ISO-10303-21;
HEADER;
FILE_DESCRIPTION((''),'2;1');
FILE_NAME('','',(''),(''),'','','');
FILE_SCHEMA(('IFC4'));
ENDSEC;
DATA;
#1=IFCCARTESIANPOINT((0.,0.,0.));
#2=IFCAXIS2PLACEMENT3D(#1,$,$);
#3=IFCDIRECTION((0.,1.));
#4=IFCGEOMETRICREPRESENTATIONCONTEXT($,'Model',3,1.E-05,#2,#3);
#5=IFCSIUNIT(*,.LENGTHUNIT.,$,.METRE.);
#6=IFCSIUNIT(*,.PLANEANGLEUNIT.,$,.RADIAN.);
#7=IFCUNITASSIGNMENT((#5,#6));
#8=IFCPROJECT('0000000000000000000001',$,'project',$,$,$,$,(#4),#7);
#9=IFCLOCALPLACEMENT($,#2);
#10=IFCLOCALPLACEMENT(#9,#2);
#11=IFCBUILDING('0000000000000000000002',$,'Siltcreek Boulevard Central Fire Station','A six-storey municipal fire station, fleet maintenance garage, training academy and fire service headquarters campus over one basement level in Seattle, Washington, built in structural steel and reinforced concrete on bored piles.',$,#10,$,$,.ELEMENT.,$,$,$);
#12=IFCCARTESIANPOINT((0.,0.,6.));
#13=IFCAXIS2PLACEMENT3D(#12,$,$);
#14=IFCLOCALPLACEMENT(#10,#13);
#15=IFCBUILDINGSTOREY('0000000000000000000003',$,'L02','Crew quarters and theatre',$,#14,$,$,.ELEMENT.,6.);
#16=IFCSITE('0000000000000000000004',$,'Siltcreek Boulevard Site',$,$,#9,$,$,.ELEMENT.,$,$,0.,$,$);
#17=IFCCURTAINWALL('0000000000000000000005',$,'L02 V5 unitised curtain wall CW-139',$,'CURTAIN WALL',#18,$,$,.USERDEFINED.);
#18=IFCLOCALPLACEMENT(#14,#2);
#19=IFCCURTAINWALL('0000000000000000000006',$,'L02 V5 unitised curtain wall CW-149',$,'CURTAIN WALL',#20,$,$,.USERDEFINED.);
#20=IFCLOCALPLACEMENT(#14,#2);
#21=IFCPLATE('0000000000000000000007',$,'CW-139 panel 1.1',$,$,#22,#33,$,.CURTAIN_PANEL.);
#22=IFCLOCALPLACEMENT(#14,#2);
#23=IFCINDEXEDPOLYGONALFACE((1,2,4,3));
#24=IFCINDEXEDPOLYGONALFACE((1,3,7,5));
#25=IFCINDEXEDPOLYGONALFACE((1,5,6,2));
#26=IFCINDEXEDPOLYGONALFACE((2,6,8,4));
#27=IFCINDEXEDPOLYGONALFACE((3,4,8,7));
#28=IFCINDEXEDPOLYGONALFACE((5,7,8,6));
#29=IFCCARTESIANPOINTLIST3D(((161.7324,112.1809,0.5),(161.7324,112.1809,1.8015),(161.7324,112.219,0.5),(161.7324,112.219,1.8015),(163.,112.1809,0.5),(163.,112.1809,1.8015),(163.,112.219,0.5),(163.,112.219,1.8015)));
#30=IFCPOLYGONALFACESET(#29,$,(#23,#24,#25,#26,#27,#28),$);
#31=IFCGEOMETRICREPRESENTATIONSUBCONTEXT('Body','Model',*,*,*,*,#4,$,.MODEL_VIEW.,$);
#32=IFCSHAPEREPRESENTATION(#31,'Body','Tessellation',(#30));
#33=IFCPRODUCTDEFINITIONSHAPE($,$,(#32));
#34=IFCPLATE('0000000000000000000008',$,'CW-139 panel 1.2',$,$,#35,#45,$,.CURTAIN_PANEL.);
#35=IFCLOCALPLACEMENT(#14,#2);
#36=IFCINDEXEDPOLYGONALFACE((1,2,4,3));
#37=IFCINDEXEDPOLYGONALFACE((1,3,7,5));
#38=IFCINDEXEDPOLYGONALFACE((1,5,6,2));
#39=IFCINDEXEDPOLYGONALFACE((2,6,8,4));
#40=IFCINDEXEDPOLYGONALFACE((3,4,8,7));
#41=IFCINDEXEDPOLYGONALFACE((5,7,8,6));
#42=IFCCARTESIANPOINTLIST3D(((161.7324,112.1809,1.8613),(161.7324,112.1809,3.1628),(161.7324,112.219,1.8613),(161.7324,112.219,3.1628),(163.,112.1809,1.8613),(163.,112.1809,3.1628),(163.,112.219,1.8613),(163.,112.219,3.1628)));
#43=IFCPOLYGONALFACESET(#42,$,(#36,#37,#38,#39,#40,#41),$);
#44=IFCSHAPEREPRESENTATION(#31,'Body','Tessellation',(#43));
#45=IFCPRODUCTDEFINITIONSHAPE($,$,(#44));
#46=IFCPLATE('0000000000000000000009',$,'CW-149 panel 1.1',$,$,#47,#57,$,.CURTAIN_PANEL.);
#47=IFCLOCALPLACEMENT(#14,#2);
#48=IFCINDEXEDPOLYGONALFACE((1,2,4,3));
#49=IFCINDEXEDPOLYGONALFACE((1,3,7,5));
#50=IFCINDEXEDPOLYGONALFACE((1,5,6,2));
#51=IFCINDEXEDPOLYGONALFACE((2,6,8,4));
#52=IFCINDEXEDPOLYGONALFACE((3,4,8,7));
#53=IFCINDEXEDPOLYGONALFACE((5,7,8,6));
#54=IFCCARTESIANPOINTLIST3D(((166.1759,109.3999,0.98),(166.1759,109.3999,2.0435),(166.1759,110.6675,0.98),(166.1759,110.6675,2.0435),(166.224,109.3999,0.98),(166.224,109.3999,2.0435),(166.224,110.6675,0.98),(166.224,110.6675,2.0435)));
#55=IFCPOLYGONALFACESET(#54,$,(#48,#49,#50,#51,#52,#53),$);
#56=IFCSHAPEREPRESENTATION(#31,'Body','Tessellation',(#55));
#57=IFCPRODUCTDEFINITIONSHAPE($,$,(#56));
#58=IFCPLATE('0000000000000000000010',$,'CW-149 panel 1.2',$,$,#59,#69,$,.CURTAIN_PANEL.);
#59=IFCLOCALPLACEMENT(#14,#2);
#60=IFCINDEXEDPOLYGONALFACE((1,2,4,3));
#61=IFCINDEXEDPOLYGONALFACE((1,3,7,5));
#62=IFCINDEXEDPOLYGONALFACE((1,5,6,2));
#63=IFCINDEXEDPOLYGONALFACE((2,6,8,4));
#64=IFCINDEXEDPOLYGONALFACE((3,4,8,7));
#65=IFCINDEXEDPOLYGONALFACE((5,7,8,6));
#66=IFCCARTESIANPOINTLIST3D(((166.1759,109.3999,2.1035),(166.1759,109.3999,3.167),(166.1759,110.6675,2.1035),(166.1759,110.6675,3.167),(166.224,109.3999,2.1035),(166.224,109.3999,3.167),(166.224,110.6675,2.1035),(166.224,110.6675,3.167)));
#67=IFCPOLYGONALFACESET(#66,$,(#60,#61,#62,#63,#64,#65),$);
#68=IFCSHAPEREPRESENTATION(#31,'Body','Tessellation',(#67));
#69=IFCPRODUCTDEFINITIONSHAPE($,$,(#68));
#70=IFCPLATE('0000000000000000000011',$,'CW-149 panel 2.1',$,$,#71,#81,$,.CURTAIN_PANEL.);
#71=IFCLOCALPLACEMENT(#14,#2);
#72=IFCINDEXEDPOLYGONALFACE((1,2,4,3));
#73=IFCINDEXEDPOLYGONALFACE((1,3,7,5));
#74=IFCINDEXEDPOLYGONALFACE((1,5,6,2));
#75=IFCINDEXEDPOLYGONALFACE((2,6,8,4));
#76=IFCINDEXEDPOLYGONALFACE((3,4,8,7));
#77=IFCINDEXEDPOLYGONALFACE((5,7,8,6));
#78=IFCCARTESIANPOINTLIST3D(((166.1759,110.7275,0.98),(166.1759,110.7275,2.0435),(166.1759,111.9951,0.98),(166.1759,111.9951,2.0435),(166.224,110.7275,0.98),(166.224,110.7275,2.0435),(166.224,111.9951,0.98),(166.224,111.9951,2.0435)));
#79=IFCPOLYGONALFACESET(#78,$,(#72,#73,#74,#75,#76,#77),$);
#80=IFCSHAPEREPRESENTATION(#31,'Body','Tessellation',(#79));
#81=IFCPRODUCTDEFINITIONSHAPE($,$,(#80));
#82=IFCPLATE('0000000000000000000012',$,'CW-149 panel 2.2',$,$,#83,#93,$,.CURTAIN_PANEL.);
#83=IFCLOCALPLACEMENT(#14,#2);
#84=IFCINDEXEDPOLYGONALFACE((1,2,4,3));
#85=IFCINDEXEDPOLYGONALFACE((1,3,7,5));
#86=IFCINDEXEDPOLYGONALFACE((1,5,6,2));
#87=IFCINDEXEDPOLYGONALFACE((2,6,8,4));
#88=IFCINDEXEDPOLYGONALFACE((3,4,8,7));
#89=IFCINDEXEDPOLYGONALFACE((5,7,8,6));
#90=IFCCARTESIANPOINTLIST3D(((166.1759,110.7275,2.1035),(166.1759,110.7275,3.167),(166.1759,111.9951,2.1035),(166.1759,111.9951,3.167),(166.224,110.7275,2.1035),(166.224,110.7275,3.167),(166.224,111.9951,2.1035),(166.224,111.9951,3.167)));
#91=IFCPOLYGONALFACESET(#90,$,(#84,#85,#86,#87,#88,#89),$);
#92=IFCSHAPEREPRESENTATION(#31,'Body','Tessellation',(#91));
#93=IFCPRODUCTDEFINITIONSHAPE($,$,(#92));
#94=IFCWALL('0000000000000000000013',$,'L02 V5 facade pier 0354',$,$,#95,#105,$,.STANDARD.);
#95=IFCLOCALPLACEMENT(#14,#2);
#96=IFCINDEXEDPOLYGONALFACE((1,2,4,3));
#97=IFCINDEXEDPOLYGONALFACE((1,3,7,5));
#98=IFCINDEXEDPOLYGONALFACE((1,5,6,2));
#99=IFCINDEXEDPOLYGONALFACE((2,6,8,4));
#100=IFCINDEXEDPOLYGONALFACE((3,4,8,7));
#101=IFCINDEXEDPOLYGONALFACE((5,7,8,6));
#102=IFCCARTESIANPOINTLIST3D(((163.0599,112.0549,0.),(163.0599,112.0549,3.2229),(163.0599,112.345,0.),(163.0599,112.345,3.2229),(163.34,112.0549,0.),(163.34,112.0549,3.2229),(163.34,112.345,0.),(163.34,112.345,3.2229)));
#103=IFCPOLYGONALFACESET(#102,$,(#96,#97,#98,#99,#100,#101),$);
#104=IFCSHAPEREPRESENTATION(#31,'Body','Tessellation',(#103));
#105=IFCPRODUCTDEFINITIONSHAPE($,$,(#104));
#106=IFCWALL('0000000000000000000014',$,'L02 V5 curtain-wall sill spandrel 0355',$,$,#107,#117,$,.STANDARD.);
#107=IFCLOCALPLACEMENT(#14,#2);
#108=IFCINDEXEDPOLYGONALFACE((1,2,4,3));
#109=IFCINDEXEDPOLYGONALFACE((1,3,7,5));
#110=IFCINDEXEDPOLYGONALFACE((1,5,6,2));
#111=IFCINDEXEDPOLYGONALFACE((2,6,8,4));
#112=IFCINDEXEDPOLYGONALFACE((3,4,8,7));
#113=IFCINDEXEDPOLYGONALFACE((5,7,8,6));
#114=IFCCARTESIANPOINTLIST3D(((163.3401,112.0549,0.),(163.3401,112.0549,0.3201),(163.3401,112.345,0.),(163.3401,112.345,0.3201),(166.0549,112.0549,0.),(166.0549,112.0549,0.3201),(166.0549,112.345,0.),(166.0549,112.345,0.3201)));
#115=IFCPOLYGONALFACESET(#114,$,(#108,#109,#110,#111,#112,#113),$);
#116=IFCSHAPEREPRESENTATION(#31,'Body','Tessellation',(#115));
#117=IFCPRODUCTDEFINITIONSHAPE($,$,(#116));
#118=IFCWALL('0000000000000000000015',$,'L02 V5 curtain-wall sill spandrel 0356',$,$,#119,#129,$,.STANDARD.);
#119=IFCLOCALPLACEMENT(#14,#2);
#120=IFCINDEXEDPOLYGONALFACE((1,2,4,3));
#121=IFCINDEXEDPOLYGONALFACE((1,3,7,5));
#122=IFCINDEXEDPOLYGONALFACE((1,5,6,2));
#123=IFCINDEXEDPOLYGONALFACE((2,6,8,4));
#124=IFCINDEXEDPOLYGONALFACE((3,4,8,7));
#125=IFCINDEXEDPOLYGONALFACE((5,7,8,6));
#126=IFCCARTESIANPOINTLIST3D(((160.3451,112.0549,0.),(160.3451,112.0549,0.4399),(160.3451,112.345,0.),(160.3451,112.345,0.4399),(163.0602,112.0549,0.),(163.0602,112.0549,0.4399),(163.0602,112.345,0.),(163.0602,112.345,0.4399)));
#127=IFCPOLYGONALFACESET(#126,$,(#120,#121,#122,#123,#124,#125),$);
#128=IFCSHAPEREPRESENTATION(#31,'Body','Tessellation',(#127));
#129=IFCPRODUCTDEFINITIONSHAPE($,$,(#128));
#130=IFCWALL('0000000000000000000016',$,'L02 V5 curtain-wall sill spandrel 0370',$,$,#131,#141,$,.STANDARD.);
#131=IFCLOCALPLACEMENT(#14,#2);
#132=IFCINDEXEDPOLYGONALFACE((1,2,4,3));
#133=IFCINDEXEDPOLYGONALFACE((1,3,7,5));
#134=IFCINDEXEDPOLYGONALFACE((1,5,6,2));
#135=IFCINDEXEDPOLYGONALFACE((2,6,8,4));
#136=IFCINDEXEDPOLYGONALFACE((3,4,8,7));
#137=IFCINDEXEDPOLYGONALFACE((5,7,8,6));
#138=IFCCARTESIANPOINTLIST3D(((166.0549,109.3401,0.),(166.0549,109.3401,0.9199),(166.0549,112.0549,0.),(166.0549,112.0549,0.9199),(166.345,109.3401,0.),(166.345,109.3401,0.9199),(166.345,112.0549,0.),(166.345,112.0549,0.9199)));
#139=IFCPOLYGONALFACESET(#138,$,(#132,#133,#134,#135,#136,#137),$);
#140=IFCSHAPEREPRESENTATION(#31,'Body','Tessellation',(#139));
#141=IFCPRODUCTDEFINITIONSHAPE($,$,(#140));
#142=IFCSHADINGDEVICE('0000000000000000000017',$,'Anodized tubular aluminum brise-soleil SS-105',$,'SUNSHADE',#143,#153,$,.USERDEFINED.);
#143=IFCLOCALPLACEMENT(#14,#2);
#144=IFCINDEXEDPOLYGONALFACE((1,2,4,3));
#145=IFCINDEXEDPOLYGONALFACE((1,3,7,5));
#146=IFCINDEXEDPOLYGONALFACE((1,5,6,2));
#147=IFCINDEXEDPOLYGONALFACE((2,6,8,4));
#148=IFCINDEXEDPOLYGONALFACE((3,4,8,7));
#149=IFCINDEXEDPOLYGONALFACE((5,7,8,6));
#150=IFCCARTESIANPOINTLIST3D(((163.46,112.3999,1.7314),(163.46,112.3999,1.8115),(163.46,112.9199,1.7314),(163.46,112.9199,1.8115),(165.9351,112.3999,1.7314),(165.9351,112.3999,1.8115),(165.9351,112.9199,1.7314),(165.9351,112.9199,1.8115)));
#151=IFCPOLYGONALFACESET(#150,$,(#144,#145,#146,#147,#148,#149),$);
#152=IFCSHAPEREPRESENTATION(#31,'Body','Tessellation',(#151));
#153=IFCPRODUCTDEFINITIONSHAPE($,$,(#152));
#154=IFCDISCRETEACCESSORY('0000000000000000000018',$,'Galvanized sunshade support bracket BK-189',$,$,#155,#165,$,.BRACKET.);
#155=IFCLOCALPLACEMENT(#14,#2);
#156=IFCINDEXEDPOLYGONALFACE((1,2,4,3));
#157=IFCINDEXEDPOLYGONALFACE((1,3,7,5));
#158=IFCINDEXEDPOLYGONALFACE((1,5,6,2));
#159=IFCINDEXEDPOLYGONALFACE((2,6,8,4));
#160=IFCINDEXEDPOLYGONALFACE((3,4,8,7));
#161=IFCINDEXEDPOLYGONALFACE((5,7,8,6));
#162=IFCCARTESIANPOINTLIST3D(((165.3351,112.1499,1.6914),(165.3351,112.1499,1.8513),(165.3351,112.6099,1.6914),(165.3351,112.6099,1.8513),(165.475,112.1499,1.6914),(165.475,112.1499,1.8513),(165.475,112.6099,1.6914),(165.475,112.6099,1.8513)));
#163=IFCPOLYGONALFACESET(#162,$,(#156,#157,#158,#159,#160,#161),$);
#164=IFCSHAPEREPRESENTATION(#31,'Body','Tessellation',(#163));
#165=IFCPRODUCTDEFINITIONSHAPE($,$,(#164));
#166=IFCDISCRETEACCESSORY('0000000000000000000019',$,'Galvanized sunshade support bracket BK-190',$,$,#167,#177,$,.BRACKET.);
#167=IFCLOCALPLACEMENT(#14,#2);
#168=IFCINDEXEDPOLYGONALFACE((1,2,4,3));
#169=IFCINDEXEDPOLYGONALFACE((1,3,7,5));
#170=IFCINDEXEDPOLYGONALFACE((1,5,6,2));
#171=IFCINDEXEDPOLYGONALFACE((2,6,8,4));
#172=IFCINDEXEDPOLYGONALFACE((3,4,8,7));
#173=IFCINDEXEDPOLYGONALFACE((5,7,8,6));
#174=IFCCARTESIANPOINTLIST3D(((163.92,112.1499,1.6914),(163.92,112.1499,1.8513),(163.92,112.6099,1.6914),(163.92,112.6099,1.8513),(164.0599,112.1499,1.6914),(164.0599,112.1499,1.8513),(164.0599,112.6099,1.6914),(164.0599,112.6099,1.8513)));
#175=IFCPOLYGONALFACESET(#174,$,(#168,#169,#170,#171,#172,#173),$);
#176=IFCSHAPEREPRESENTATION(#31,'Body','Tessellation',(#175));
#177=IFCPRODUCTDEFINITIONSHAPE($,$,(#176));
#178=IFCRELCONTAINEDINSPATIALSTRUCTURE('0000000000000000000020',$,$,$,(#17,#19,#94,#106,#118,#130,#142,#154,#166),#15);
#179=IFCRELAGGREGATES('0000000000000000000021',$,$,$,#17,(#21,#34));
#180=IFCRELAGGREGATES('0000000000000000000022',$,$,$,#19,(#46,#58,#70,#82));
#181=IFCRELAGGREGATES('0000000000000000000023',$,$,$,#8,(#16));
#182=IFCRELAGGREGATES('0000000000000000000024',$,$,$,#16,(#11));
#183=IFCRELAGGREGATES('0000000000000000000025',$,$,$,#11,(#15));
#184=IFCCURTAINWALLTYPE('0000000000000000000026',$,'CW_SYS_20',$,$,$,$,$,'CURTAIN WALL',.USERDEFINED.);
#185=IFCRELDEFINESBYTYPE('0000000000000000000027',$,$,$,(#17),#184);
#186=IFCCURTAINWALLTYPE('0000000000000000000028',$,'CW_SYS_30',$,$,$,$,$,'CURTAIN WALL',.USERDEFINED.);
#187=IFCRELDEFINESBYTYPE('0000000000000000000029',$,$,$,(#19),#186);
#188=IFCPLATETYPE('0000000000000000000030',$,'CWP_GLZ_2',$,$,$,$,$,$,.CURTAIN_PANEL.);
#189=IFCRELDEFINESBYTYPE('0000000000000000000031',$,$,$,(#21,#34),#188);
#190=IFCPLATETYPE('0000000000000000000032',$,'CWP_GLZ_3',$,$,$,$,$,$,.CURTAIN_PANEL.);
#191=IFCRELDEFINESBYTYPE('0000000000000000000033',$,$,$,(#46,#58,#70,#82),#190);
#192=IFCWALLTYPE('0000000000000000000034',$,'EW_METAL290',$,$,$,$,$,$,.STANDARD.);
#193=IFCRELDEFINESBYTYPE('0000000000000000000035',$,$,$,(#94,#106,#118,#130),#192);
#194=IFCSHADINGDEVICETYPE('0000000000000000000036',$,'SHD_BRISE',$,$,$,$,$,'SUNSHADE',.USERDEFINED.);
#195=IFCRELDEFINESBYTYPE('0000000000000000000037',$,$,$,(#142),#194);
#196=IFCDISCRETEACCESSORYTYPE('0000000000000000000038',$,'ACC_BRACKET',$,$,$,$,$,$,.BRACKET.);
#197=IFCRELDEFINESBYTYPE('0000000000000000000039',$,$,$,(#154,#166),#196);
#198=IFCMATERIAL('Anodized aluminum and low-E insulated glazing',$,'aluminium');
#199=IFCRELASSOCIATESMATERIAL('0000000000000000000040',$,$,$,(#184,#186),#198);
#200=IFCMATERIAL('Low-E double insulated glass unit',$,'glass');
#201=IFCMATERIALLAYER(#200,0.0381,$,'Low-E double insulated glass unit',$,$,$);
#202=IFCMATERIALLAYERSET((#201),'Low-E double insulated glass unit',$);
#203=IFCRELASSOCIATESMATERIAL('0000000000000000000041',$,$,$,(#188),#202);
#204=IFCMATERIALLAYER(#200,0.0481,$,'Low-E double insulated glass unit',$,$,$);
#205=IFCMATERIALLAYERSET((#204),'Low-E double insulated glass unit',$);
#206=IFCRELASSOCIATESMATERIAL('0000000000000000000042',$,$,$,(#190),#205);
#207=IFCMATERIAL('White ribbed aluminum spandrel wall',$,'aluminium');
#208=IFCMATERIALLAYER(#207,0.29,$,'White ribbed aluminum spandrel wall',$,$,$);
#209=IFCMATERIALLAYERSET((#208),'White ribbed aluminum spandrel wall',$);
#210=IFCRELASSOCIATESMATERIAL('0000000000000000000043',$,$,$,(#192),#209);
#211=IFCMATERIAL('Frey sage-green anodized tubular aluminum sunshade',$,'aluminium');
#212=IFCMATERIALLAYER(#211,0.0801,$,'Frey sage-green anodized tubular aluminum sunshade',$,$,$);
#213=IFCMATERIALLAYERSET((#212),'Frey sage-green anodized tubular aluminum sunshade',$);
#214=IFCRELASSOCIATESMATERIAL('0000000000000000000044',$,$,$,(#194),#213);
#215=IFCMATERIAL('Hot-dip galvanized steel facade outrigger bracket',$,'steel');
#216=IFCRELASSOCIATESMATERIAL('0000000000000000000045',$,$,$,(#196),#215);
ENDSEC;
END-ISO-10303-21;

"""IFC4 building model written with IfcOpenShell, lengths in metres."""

from ifc_helpers import new_model, si_unit, direction, frame, frame_2d, origin, origin_2d, place, context, subcontext, project, spatial, rectangle, extrude, material, layer, layer_set, type_object, element, aggregate, save


model = new_model("IFC4")

# Units and contexts
model_context = context("Model", 3, precision=1e-05, world=origin(), true_north=direction((0.0, 1.0)))
body_context = subcontext(model_context, "Body", "Model", "MODEL_VIEW")
ifc_project = project(units=[si_unit("LENGTHUNIT", "METRE"), si_unit("PLANEANGLEUNIT", "RADIAN")], contexts=[model_context])

# Site, building, storey
site_placement = place(None, origin())
site = spatial("IfcSite", under=ifc_project, at=site_placement, Name="Siltcreek Boulevard Site", CompositionType="ELEMENT", RefElevation=0.0)
building_placement = place(site_placement, origin())
building = spatial("IfcBuilding", under=site, at=building_placement, Name="Siltcreek Boulevard Central Fire Station", Description="A six-storey municipal fire station, fleet maintenance garage, training academy and fire service headquarters campus over one basement level in Seattle, Washington, built in structural steel and reinforced concrete on bored piles.", CompositionType="ELEMENT")
storey_placement = place(building_placement, frame((0.0, 0.0, 6.0)))
storey = spatial("IfcBuildingStorey", under=building, at=storey_placement, Name="L02", Description="Crew quarters and theatre", CompositionType="ELEMENT", Elevation=6.0)

# Curtain wall
ifc_material_1 = material(Name="Anodized aluminum and low-E insulated glazing", Category="aluminium")
curtain_wall_type_1 = type_object("IfcCurtainWallType", Name="CW_SYS_20", ElementType="CURTAIN WALL", PredefinedType="USERDEFINED", material=ifc_material_1)
curtain_wall_1_placement = place(storey_placement, origin())
curtain_wall_1 = element("IfcCurtainWall", 1, at=curtain_wall_1_placement, inside=storey, type_object=curtain_wall_type_1, Name="L02 V5 unitised curtain wall CW-139", ObjectType="CURTAIN WALL", PredefinedType="USERDEFINED")

# Curtain wall
curtain_wall_type_2 = type_object("IfcCurtainWallType", Name="CW_SYS_30", ElementType="CURTAIN WALL", PredefinedType="USERDEFINED", material=ifc_material_1)
curtain_wall_2_placement = place(storey_placement, origin())
curtain_wall_2 = element("IfcCurtainWall", 2, at=curtain_wall_2_placement, inside=storey, type_object=curtain_wall_type_2, Name="L02 V5 unitised curtain wall CW-149", ObjectType="CURTAIN WALL", PredefinedType="USERDEFINED")

# Plates
ifc_material_2 = material(Name="Low-E double insulated glass unit", Category="glass")
ifc_layer_1 = layer(ifc_material_2, 0.0381, Name="Low-E double insulated glass unit")
ifc_layer_set_1 = layer_set([ifc_layer_1], Name="Low-E double insulated glass unit")
plate_type_1 = type_object("IfcPlateType", Name="CWP_GLZ_2", PredefinedType="CURTAIN_PANEL", material=ifc_layer_set_1)
plate_1_placement = place(storey_placement, frame((162.3662, 112.2, 0.5), z_axis=(0.0, 0.0, 1.0), x_axis=(-1.0, 0.0, 0.0)))
plate_1 = element("IfcPlate", 3, at=plate_1_placement, type_object=plate_type_1, Name="CW-139 panel 1.1", PredefinedType="CURTAIN_PANEL", context=body_context, shape_type="SweptSolid", body=[
    extrude(rectangle(XDim=1.2676, YDim=0.0381, at=origin_2d()), origin(), (0.0, 0.0, 1.0), 1.3015),
])
plate_2_placement = place(storey_placement, frame((162.3662, 112.2, 1.8613), z_axis=(0.0, 0.0, 1.0), x_axis=(-1.0, 0.0, 0.0)))
plate_2 = element("IfcPlate", 4, at=plate_2_placement, type_object=plate_type_1, Name="CW-139 panel 1.2", PredefinedType="CURTAIN_PANEL", context=body_context, shape_type="SweptSolid", body=[
    extrude(rectangle(XDim=1.2676, YDim=0.0381, at=origin_2d()), origin(), (0.0, 0.0, 1.0), 1.3015),
])
aggregate(curtain_wall_1, [plate_1, plate_2])
ifc_layer_2 = layer(ifc_material_2, 0.0481, Name="Low-E double insulated glass unit")
ifc_layer_set_2 = layer_set([ifc_layer_2], Name="Low-E double insulated glass unit")
plate_type_2 = type_object("IfcPlateType", Name="CWP_GLZ_3", PredefinedType="CURTAIN_PANEL", material=ifc_layer_set_2)
plate_3_placement = place(storey_placement, frame((166.2, 110.0337, 0.98), z_axis=(0.0, 0.0, 1.0), x_axis=(0.0, 1.0, 0.0)))
plate_3 = element("IfcPlate", 5, at=plate_3_placement, type_object=plate_type_2, Name="CW-149 panel 1.1", PredefinedType="CURTAIN_PANEL", context=body_context, shape_type="SweptSolid", body=[
    extrude(rectangle(XDim=1.2676, YDim=0.0481, at=origin_2d()), origin(), (0.0, 0.0, 1.0), 1.0635),
])
plate_4_placement = place(storey_placement, frame((166.2, 110.0337, 2.1035), z_axis=(0.0, 0.0, 1.0), x_axis=(0.0, 1.0, 0.0)))
plate_4 = element("IfcPlate", 6, at=plate_4_placement, type_object=plate_type_2, Name="CW-149 panel 1.2", PredefinedType="CURTAIN_PANEL", context=body_context, shape_type="SweptSolid", body=[
    extrude(rectangle(XDim=1.2676, YDim=0.0481, at=origin_2d()), origin(), (0.0, 0.0, 1.0), 1.0635),
])
plate_5_placement = place(storey_placement, frame((166.2, 111.3613, 0.98), z_axis=(0.0, 0.0, 1.0), x_axis=(0.0, 1.0, 0.0)))
plate_5 = element("IfcPlate", 7, at=plate_5_placement, type_object=plate_type_2, Name="CW-149 panel 2.1", PredefinedType="CURTAIN_PANEL", context=body_context, shape_type="SweptSolid", body=[
    extrude(rectangle(XDim=1.2676, YDim=0.0481, at=origin_2d()), origin(), (0.0, 0.0, 1.0), 1.0635),
])
plate_6_placement = place(storey_placement, frame((166.2, 111.3613, 2.1035), z_axis=(0.0, 0.0, 1.0), x_axis=(0.0, 1.0, 0.0)))
plate_6 = element("IfcPlate", 8, at=plate_6_placement, type_object=plate_type_2, Name="CW-149 panel 2.2", PredefinedType="CURTAIN_PANEL", context=body_context, shape_type="SweptSolid", body=[
    extrude(rectangle(XDim=1.2676, YDim=0.0481, at=origin_2d()), origin(), (0.0, 0.0, 1.0), 1.0635),
])
aggregate(curtain_wall_2, [plate_3, plate_4, plate_5, plate_6])

# Walls
ifc_material_3 = material(Name="White ribbed aluminum spandrel wall", Category="aluminium")
ifc_layer_3 = layer(ifc_material_3, 0.29, Name="White ribbed aluminum spandrel wall")
ifc_layer_set_3 = layer_set([ifc_layer_3], Name="White ribbed aluminum spandrel wall")
wall_type = type_object("IfcWallType", Name="EW_METAL290", PredefinedType="STANDARD", material=ifc_layer_set_3)
wall_1_placement = place(storey_placement, frame((163.3401, 112.2, 0.0), z_axis=(0.0, 0.0, 1.0), x_axis=(-1.0, 0.0, 0.0)))
element("IfcWall", 9, at=wall_1_placement, inside=storey, type_object=wall_type, Name="L02 V5 facade pier 0354", PredefinedType="STANDARD", context=body_context, shape_type="SweptSolid", body=[
    extrude(rectangle(XDim=0.28, YDim=0.29, at=frame_2d((0.1401, 0.0))), origin(), (0.0, 0.0, 1.0), 3.2229),
])
wall_2_placement = place(storey_placement, frame((166.0549, 112.2, 0.0), z_axis=(0.0, 0.0, 1.0), x_axis=(-1.0, 0.0, 0.0)))
element("IfcWall", 10, at=wall_2_placement, inside=storey, type_object=wall_type, Name="L02 V5 curtain-wall sill spandrel 0355", PredefinedType="STANDARD", context=body_context, shape_type="SweptSolid", body=[
    extrude(rectangle(XDim=2.7148, YDim=0.29, at=frame_2d((1.3574, 0.0))), origin(), (0.0, 0.0, 1.0), 0.3201),
])
wall_3_placement = place(storey_placement, frame((163.0601, 112.2, 0.0), z_axis=(0.0, 0.0, 1.0), x_axis=(-1.0, 0.0, 0.0)))
element("IfcWall", 11, at=wall_3_placement, inside=storey, type_object=wall_type, Name="L02 V5 curtain-wall sill spandrel 0356", PredefinedType="STANDARD", context=body_context, shape_type="SweptSolid", body=[
    extrude(rectangle(XDim=2.7151, YDim=0.29, at=frame_2d((1.3574, 0.0))), origin(), (0.0, 0.0, 1.0), 0.4399),
])
wall_4_placement = place(storey_placement, frame((166.2, 109.3401, 0.0), z_axis=(0.0, 0.0, 1.0), x_axis=(0.0, 1.0, 0.0)))
element("IfcWall", 12, at=wall_4_placement, inside=storey, type_object=wall_type, Name="L02 V5 curtain-wall sill spandrel 0370", PredefinedType="STANDARD", context=body_context, shape_type="SweptSolid", body=[
    extrude(rectangle(XDim=2.7148, YDim=0.29, at=frame_2d((1.3574, 0.0))), origin(), (0.0, 0.0, 1.0), 0.9199),
])

# Shading device
ifc_material_4 = material(Name="Frey sage-green anodized tubular aluminum sunshade", Category="aluminium")
ifc_layer_4 = layer(ifc_material_4, 0.0801, Name="Frey sage-green anodized tubular aluminum sunshade")
ifc_layer_set_4 = layer_set([ifc_layer_4], Name="Frey sage-green anodized tubular aluminum sunshade")
shading_device_type = type_object("IfcShadingDeviceType", Name="SHD_BRISE", ElementType="SUNSHADE", PredefinedType="USERDEFINED", material=ifc_layer_set_4)
shading_device_placement = place(storey_placement, frame((164.6975, 112.6599, 1.7314), z_axis=(0.0, 0.0, 1.0), x_axis=(-1.0, 0.0, 0.0)))
element("IfcShadingDevice", 13, at=shading_device_placement, inside=storey, type_object=shading_device_type, Name="Anodized tubular aluminum brise-soleil SS-105", ObjectType="SUNSHADE", PredefinedType="USERDEFINED", context=body_context, shape_type="SweptSolid", body=[
    extrude(rectangle(XDim=2.4751, YDim=0.52, at=origin_2d()), origin(), (0.0, 0.0, 1.0), 0.0801),
])

# Discrete accessories
ifc_material_5 = material(Name="Hot-dip galvanized steel facade outrigger bracket", Category="steel")
discrete_accessory_type = type_object("IfcDiscreteAccessoryType", Name="ACC_BRACKET", PredefinedType="BRACKET", material=ifc_material_5)
for number, where, z_axis, x_axis, name in (
    (14, (165.405, 112.3799, 1.6914), (0.0, 0.0, 1.0), (-1.0, 0.0, 0.0), "Galvanized sunshade support bracket BK-189"),
    (15, (163.99, 112.3799, 1.6914), (0.0, 0.0, 1.0), (-1.0, 0.0, 0.0), "Galvanized sunshade support bracket BK-190"),
):
    element("IfcDiscreteAccessory", number, at=place(storey_placement, frame(where, z_axis=z_axis, x_axis=x_axis)), inside=storey, type_object=discrete_accessory_type, Name=name, PredefinedType="BRACKET", context=body_context, shape_type="SweptSolid", body=[
        extrude(rectangle(XDim=0.1399, YDim=0.46, at=origin_2d()), origin(), (0.0, 0.0, 1.0), 0.1599),
    ])

save(model, "model.ifc")
